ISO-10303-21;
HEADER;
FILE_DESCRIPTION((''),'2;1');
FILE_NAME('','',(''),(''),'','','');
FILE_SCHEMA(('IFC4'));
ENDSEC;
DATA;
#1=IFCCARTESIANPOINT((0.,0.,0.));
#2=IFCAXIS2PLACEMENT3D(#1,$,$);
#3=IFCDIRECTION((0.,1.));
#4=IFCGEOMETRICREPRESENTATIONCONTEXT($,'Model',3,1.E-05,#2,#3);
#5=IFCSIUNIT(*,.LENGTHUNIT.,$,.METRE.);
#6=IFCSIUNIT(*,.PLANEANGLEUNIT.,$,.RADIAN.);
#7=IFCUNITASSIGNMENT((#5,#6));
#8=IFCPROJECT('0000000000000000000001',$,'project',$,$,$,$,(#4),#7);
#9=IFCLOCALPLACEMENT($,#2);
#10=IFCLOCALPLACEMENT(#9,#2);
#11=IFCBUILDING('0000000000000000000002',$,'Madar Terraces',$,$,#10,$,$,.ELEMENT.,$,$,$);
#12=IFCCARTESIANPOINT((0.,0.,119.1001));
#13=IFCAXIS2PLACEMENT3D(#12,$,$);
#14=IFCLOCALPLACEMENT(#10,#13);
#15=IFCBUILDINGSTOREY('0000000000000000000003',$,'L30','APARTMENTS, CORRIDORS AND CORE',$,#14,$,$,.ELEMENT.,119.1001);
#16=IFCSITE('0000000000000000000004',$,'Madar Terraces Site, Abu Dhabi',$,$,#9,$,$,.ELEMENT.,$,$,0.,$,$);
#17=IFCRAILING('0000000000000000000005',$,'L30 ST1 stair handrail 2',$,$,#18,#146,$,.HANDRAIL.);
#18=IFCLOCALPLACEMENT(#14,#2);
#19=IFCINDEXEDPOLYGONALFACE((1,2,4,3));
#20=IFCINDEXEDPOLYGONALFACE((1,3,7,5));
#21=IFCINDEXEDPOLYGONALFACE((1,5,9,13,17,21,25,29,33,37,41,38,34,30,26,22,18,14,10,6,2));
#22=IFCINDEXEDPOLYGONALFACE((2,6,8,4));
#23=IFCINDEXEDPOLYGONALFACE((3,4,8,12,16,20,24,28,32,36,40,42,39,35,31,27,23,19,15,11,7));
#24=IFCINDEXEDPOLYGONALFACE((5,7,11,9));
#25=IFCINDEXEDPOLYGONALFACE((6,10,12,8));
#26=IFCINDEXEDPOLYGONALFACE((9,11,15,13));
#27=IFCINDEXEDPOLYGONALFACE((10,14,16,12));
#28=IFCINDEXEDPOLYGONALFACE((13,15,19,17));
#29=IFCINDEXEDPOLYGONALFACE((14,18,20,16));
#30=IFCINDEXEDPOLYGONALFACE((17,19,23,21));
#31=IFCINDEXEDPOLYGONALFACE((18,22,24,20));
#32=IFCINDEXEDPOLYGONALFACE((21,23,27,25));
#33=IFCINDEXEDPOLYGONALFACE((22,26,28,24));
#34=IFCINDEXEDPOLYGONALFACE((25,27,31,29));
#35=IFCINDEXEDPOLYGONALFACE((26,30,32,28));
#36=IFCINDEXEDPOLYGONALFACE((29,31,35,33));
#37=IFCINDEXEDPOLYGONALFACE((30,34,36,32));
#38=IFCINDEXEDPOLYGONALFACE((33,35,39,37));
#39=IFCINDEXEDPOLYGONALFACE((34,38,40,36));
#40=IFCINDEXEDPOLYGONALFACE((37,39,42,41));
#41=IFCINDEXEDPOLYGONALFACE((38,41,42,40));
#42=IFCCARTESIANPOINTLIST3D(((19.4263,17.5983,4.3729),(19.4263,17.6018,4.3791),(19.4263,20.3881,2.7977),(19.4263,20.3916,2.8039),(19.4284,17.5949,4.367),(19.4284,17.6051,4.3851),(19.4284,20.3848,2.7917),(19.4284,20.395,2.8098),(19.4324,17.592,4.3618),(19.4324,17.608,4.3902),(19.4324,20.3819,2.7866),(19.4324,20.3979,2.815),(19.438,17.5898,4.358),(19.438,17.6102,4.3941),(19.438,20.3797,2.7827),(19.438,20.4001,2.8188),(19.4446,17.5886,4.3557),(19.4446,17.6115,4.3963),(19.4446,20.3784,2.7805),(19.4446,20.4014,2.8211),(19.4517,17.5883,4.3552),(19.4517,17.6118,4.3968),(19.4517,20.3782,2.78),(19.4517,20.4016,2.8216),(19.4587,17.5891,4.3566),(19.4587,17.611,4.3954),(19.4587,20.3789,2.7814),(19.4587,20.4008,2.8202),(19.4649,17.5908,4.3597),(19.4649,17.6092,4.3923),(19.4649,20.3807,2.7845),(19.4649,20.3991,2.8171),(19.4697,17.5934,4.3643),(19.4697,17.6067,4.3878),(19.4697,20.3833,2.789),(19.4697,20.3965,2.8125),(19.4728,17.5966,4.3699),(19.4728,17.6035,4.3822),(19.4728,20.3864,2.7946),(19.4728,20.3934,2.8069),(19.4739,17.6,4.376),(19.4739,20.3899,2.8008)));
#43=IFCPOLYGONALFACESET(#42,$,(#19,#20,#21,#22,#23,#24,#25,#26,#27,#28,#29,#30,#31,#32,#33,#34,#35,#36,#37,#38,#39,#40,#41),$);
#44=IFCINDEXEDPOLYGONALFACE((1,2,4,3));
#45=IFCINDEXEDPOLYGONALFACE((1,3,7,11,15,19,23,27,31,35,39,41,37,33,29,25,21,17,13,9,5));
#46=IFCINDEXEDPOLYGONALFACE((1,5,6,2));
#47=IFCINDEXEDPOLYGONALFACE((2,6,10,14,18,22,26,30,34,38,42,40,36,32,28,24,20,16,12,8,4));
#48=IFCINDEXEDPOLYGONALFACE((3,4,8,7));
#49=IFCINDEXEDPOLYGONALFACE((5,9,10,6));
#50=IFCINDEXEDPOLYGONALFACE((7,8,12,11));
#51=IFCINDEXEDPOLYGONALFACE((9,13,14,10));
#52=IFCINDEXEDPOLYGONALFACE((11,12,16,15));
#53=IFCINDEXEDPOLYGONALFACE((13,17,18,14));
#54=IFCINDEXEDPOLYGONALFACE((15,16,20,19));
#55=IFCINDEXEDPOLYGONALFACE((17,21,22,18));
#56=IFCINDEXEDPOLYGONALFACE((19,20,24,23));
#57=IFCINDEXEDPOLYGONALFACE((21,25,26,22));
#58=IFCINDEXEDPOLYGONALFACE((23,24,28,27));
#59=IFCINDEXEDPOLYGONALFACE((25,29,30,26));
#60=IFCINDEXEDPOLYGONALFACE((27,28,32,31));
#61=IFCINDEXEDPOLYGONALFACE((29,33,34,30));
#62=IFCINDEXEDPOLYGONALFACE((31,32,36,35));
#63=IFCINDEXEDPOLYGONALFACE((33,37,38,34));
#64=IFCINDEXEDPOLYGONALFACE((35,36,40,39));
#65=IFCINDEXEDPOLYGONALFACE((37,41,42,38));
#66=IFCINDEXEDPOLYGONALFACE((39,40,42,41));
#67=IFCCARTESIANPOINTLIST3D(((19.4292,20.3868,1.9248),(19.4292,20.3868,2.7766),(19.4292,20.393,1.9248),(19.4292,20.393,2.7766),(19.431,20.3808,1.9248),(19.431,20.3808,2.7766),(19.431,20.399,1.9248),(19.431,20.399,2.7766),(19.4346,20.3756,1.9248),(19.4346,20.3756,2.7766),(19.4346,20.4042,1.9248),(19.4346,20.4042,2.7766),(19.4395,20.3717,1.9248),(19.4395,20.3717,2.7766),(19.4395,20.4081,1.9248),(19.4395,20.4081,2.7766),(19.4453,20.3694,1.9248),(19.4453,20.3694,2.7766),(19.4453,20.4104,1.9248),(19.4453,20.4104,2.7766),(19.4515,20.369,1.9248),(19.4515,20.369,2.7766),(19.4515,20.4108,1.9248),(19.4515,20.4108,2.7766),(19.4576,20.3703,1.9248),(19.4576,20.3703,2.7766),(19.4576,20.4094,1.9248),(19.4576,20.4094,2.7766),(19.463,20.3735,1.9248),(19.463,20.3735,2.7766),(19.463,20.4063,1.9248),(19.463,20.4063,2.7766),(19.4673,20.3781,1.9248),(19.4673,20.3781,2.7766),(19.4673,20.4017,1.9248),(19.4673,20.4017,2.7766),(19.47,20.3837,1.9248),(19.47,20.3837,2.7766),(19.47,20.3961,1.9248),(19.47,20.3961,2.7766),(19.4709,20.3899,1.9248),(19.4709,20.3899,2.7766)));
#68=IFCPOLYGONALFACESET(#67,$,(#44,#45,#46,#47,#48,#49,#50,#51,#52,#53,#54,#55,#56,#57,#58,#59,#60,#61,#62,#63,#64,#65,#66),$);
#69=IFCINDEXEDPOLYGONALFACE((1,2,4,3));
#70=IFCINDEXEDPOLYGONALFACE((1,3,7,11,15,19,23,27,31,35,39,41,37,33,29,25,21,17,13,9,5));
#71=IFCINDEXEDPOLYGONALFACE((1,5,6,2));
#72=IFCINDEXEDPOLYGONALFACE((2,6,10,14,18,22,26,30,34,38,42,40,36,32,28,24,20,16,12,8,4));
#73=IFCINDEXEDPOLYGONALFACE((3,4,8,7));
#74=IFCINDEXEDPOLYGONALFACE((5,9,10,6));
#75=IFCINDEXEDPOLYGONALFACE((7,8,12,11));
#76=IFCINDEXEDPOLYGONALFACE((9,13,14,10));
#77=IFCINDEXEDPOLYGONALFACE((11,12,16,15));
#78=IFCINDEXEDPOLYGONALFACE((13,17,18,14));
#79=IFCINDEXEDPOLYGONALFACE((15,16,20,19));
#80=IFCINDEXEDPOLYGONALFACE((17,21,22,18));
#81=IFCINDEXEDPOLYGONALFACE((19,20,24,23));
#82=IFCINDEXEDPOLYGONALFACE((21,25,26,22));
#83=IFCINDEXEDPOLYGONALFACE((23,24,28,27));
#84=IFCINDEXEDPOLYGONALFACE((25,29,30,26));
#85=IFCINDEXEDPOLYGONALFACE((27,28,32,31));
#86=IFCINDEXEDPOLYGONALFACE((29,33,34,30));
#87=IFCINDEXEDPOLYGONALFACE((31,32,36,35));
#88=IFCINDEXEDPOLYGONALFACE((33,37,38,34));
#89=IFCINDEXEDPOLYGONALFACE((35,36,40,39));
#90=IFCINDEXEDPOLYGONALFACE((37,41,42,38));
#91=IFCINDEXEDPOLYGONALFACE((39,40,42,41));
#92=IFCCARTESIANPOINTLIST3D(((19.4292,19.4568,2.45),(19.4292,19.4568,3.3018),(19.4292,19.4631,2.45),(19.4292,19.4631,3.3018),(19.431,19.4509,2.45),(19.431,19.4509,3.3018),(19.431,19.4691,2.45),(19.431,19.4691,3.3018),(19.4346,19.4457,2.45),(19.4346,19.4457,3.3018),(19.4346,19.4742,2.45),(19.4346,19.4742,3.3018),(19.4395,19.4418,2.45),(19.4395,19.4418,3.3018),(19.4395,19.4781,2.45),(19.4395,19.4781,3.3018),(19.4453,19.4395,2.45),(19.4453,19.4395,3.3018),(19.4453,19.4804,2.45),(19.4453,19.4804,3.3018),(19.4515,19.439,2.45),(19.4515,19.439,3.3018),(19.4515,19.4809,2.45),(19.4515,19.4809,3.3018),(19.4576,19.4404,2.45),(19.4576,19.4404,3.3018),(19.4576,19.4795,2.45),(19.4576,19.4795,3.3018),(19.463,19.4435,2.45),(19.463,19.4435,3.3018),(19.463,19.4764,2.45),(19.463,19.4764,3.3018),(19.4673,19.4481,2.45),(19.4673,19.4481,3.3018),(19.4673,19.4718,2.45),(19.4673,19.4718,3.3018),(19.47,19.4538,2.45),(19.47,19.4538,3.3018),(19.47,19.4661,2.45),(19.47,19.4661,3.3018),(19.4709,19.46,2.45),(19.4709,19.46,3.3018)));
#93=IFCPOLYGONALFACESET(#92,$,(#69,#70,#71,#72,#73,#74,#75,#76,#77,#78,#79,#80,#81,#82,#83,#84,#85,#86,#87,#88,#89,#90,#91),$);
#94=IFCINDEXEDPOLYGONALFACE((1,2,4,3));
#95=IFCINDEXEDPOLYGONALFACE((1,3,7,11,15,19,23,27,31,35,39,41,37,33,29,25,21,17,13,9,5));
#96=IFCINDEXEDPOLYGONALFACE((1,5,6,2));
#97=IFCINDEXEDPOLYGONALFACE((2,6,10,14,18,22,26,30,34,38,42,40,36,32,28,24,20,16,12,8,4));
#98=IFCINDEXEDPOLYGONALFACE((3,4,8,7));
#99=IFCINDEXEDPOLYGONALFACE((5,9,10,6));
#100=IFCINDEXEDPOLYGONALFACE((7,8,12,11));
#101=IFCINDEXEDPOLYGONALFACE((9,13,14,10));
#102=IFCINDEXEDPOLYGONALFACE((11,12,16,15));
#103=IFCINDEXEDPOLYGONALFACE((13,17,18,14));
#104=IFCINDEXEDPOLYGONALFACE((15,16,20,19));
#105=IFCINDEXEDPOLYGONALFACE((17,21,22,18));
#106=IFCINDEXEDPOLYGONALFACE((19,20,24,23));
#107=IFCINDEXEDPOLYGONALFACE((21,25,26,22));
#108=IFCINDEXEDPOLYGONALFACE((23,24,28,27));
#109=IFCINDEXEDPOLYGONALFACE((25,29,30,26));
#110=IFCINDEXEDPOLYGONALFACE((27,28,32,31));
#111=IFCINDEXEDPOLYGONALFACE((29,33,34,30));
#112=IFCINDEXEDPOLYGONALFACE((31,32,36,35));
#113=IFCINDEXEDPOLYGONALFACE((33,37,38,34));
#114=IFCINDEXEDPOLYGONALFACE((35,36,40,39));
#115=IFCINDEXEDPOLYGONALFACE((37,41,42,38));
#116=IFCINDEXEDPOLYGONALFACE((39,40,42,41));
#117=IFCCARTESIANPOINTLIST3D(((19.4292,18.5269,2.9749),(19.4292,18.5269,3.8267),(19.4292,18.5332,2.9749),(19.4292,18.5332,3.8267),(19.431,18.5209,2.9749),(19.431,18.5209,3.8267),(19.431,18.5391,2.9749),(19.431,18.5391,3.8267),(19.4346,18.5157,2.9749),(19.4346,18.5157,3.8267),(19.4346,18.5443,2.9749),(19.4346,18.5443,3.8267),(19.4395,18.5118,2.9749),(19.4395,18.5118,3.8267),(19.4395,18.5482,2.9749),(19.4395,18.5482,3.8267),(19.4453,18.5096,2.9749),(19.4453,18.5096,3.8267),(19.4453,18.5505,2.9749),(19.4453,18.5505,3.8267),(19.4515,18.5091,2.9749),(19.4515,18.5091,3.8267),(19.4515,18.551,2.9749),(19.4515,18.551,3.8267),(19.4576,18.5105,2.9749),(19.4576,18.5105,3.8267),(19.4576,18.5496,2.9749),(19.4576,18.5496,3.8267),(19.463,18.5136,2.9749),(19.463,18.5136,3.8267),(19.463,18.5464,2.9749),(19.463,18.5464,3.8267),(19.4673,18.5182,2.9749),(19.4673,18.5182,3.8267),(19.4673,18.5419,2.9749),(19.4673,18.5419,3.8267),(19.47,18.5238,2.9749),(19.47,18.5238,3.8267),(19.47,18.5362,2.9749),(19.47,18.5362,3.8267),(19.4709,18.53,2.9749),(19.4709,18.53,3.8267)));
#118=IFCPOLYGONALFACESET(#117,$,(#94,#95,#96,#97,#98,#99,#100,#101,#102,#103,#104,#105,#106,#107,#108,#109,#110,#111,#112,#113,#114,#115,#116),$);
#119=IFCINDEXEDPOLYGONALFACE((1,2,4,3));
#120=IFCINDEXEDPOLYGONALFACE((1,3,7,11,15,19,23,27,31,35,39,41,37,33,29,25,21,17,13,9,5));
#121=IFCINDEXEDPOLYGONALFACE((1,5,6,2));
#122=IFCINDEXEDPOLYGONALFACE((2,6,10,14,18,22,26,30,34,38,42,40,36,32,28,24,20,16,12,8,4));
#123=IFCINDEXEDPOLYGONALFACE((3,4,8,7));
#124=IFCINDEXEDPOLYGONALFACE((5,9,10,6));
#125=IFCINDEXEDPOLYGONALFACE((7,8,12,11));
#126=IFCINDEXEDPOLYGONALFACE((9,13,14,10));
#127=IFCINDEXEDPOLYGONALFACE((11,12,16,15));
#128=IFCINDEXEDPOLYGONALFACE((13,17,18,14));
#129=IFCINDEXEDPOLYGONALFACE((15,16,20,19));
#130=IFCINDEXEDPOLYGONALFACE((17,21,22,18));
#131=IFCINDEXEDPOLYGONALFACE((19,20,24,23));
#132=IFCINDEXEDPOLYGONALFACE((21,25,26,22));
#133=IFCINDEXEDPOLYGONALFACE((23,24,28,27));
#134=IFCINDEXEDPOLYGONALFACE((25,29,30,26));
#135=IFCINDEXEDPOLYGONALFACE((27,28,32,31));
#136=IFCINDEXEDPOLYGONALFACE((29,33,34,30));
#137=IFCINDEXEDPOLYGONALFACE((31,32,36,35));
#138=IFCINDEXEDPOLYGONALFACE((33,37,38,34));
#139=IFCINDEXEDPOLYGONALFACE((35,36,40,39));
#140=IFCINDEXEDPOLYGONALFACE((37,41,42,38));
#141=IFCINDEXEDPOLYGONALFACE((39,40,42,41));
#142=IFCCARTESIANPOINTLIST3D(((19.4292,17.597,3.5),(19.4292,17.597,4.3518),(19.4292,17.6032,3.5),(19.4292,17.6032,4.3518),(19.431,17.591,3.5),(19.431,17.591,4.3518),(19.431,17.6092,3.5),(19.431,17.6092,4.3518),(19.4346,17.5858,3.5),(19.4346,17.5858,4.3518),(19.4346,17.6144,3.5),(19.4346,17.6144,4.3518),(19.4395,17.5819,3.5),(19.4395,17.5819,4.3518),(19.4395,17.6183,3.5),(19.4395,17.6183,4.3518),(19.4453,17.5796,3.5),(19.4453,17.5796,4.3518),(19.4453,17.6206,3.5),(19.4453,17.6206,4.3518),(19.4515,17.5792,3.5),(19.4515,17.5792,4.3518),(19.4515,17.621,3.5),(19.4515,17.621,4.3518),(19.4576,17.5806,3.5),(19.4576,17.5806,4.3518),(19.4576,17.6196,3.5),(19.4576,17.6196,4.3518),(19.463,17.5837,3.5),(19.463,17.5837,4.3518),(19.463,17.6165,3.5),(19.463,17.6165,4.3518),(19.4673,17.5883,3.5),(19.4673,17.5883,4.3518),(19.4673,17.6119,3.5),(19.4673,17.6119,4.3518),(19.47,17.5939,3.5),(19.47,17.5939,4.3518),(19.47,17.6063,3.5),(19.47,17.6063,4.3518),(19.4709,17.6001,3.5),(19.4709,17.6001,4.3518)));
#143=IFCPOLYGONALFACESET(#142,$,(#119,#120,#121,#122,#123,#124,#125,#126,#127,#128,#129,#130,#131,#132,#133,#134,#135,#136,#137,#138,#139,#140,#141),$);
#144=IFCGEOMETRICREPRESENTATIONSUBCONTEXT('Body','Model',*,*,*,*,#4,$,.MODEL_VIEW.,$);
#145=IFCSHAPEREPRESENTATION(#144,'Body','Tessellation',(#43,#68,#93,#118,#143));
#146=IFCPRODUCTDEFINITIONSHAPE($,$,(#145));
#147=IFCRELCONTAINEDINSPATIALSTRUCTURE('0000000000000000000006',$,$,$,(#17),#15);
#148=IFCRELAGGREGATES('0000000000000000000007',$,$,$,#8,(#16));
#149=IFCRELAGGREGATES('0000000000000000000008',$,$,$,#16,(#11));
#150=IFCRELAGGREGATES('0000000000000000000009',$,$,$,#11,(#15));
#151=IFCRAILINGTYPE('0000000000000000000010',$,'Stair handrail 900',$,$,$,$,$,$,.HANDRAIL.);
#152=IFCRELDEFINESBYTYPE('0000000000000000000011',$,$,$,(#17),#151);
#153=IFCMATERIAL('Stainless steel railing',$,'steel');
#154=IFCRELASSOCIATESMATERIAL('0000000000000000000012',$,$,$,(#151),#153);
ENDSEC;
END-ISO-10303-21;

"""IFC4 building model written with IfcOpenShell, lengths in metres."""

from ifc_helpers import new_model, si_unit, direction, frame, origin, origin_2d, place, context, subcontext, project, spatial, circle, extrude, material, type_object, element, save


model = new_model("IFC4")

# Units and contexts
model_context = context("Model", 3, precision=1e-05, world=origin(), true_north=direction((0.0, 1.0)))
body_context = subcontext(model_context, "Body", "Model", "MODEL_VIEW")
ifc_project = project(units=[si_unit("LENGTHUNIT", "METRE"), si_unit("PLANEANGLEUNIT", "RADIAN")], contexts=[model_context])

# Site, building, storey
site_placement = place(None, origin())
site = spatial("IfcSite", under=ifc_project, at=site_placement, Name="Madar Terraces Site, Abu Dhabi", CompositionType="ELEMENT", RefElevation=0.0)
building_placement = place(site_placement, origin())
building = spatial("IfcBuilding", under=site, at=building_placement, Name="Madar Terraces", CompositionType="ELEMENT")
storey_placement = place(building_placement, frame((0.0, 0.0, 119.1001)))
storey = spatial("IfcBuildingStorey", under=building, at=storey_placement, Name="L30", Description="APARTMENTS, CORRIDORS AND CORE", CompositionType="ELEMENT", Elevation=119.1001)

# Railing
ifc_material_1 = material(Name="Stainless steel railing", Category="steel")
railing_type_1 = type_object("IfcRailingType", Name="Stair handrail 900", PredefinedType="HANDRAIL", material=ifc_material_1)
railing_1_placement = place(storey_placement, frame((19.45, 20.3899, 1.9248)))
element("IfcRailing", 1, at=railing_1_placement, inside=storey, type_object=railing_type_1, Name="L30 ST1 stair handrail 2", PredefinedType="HANDRAIL", context=body_context, shape_type="SweptSolid", body=[
    extrude(circle(Radius=0.0239, at=origin_2d()), frame((0.0, 0.0, 0.876), z_axis=(0.0, -0.870783, 0.491668), x_axis=(1.0, 0.0, 0.0)), (0.0, 0.0, 1.0), 3.2039),
    extrude(circle(Radius=0.021, at=origin_2d()), origin(), (0.0, 0.0, 1.0), 0.8518),
    extrude(circle(Radius=0.021, at=origin_2d()), frame((0.0, -0.9299, 0.5251)), (0.0, 0.0, 1.0), 0.8518),
    extrude(circle(Radius=0.021, at=origin_2d()), frame((0.0, -1.8599, 1.05)), (0.0, 0.0, 1.0), 0.8518),
    extrude(circle(Radius=0.021, at=origin_2d()), frame((0.0, -2.7898, 1.5752)), (0.0, 0.0, 1.0), 0.8518),
])

save(model, "model.ifc")
